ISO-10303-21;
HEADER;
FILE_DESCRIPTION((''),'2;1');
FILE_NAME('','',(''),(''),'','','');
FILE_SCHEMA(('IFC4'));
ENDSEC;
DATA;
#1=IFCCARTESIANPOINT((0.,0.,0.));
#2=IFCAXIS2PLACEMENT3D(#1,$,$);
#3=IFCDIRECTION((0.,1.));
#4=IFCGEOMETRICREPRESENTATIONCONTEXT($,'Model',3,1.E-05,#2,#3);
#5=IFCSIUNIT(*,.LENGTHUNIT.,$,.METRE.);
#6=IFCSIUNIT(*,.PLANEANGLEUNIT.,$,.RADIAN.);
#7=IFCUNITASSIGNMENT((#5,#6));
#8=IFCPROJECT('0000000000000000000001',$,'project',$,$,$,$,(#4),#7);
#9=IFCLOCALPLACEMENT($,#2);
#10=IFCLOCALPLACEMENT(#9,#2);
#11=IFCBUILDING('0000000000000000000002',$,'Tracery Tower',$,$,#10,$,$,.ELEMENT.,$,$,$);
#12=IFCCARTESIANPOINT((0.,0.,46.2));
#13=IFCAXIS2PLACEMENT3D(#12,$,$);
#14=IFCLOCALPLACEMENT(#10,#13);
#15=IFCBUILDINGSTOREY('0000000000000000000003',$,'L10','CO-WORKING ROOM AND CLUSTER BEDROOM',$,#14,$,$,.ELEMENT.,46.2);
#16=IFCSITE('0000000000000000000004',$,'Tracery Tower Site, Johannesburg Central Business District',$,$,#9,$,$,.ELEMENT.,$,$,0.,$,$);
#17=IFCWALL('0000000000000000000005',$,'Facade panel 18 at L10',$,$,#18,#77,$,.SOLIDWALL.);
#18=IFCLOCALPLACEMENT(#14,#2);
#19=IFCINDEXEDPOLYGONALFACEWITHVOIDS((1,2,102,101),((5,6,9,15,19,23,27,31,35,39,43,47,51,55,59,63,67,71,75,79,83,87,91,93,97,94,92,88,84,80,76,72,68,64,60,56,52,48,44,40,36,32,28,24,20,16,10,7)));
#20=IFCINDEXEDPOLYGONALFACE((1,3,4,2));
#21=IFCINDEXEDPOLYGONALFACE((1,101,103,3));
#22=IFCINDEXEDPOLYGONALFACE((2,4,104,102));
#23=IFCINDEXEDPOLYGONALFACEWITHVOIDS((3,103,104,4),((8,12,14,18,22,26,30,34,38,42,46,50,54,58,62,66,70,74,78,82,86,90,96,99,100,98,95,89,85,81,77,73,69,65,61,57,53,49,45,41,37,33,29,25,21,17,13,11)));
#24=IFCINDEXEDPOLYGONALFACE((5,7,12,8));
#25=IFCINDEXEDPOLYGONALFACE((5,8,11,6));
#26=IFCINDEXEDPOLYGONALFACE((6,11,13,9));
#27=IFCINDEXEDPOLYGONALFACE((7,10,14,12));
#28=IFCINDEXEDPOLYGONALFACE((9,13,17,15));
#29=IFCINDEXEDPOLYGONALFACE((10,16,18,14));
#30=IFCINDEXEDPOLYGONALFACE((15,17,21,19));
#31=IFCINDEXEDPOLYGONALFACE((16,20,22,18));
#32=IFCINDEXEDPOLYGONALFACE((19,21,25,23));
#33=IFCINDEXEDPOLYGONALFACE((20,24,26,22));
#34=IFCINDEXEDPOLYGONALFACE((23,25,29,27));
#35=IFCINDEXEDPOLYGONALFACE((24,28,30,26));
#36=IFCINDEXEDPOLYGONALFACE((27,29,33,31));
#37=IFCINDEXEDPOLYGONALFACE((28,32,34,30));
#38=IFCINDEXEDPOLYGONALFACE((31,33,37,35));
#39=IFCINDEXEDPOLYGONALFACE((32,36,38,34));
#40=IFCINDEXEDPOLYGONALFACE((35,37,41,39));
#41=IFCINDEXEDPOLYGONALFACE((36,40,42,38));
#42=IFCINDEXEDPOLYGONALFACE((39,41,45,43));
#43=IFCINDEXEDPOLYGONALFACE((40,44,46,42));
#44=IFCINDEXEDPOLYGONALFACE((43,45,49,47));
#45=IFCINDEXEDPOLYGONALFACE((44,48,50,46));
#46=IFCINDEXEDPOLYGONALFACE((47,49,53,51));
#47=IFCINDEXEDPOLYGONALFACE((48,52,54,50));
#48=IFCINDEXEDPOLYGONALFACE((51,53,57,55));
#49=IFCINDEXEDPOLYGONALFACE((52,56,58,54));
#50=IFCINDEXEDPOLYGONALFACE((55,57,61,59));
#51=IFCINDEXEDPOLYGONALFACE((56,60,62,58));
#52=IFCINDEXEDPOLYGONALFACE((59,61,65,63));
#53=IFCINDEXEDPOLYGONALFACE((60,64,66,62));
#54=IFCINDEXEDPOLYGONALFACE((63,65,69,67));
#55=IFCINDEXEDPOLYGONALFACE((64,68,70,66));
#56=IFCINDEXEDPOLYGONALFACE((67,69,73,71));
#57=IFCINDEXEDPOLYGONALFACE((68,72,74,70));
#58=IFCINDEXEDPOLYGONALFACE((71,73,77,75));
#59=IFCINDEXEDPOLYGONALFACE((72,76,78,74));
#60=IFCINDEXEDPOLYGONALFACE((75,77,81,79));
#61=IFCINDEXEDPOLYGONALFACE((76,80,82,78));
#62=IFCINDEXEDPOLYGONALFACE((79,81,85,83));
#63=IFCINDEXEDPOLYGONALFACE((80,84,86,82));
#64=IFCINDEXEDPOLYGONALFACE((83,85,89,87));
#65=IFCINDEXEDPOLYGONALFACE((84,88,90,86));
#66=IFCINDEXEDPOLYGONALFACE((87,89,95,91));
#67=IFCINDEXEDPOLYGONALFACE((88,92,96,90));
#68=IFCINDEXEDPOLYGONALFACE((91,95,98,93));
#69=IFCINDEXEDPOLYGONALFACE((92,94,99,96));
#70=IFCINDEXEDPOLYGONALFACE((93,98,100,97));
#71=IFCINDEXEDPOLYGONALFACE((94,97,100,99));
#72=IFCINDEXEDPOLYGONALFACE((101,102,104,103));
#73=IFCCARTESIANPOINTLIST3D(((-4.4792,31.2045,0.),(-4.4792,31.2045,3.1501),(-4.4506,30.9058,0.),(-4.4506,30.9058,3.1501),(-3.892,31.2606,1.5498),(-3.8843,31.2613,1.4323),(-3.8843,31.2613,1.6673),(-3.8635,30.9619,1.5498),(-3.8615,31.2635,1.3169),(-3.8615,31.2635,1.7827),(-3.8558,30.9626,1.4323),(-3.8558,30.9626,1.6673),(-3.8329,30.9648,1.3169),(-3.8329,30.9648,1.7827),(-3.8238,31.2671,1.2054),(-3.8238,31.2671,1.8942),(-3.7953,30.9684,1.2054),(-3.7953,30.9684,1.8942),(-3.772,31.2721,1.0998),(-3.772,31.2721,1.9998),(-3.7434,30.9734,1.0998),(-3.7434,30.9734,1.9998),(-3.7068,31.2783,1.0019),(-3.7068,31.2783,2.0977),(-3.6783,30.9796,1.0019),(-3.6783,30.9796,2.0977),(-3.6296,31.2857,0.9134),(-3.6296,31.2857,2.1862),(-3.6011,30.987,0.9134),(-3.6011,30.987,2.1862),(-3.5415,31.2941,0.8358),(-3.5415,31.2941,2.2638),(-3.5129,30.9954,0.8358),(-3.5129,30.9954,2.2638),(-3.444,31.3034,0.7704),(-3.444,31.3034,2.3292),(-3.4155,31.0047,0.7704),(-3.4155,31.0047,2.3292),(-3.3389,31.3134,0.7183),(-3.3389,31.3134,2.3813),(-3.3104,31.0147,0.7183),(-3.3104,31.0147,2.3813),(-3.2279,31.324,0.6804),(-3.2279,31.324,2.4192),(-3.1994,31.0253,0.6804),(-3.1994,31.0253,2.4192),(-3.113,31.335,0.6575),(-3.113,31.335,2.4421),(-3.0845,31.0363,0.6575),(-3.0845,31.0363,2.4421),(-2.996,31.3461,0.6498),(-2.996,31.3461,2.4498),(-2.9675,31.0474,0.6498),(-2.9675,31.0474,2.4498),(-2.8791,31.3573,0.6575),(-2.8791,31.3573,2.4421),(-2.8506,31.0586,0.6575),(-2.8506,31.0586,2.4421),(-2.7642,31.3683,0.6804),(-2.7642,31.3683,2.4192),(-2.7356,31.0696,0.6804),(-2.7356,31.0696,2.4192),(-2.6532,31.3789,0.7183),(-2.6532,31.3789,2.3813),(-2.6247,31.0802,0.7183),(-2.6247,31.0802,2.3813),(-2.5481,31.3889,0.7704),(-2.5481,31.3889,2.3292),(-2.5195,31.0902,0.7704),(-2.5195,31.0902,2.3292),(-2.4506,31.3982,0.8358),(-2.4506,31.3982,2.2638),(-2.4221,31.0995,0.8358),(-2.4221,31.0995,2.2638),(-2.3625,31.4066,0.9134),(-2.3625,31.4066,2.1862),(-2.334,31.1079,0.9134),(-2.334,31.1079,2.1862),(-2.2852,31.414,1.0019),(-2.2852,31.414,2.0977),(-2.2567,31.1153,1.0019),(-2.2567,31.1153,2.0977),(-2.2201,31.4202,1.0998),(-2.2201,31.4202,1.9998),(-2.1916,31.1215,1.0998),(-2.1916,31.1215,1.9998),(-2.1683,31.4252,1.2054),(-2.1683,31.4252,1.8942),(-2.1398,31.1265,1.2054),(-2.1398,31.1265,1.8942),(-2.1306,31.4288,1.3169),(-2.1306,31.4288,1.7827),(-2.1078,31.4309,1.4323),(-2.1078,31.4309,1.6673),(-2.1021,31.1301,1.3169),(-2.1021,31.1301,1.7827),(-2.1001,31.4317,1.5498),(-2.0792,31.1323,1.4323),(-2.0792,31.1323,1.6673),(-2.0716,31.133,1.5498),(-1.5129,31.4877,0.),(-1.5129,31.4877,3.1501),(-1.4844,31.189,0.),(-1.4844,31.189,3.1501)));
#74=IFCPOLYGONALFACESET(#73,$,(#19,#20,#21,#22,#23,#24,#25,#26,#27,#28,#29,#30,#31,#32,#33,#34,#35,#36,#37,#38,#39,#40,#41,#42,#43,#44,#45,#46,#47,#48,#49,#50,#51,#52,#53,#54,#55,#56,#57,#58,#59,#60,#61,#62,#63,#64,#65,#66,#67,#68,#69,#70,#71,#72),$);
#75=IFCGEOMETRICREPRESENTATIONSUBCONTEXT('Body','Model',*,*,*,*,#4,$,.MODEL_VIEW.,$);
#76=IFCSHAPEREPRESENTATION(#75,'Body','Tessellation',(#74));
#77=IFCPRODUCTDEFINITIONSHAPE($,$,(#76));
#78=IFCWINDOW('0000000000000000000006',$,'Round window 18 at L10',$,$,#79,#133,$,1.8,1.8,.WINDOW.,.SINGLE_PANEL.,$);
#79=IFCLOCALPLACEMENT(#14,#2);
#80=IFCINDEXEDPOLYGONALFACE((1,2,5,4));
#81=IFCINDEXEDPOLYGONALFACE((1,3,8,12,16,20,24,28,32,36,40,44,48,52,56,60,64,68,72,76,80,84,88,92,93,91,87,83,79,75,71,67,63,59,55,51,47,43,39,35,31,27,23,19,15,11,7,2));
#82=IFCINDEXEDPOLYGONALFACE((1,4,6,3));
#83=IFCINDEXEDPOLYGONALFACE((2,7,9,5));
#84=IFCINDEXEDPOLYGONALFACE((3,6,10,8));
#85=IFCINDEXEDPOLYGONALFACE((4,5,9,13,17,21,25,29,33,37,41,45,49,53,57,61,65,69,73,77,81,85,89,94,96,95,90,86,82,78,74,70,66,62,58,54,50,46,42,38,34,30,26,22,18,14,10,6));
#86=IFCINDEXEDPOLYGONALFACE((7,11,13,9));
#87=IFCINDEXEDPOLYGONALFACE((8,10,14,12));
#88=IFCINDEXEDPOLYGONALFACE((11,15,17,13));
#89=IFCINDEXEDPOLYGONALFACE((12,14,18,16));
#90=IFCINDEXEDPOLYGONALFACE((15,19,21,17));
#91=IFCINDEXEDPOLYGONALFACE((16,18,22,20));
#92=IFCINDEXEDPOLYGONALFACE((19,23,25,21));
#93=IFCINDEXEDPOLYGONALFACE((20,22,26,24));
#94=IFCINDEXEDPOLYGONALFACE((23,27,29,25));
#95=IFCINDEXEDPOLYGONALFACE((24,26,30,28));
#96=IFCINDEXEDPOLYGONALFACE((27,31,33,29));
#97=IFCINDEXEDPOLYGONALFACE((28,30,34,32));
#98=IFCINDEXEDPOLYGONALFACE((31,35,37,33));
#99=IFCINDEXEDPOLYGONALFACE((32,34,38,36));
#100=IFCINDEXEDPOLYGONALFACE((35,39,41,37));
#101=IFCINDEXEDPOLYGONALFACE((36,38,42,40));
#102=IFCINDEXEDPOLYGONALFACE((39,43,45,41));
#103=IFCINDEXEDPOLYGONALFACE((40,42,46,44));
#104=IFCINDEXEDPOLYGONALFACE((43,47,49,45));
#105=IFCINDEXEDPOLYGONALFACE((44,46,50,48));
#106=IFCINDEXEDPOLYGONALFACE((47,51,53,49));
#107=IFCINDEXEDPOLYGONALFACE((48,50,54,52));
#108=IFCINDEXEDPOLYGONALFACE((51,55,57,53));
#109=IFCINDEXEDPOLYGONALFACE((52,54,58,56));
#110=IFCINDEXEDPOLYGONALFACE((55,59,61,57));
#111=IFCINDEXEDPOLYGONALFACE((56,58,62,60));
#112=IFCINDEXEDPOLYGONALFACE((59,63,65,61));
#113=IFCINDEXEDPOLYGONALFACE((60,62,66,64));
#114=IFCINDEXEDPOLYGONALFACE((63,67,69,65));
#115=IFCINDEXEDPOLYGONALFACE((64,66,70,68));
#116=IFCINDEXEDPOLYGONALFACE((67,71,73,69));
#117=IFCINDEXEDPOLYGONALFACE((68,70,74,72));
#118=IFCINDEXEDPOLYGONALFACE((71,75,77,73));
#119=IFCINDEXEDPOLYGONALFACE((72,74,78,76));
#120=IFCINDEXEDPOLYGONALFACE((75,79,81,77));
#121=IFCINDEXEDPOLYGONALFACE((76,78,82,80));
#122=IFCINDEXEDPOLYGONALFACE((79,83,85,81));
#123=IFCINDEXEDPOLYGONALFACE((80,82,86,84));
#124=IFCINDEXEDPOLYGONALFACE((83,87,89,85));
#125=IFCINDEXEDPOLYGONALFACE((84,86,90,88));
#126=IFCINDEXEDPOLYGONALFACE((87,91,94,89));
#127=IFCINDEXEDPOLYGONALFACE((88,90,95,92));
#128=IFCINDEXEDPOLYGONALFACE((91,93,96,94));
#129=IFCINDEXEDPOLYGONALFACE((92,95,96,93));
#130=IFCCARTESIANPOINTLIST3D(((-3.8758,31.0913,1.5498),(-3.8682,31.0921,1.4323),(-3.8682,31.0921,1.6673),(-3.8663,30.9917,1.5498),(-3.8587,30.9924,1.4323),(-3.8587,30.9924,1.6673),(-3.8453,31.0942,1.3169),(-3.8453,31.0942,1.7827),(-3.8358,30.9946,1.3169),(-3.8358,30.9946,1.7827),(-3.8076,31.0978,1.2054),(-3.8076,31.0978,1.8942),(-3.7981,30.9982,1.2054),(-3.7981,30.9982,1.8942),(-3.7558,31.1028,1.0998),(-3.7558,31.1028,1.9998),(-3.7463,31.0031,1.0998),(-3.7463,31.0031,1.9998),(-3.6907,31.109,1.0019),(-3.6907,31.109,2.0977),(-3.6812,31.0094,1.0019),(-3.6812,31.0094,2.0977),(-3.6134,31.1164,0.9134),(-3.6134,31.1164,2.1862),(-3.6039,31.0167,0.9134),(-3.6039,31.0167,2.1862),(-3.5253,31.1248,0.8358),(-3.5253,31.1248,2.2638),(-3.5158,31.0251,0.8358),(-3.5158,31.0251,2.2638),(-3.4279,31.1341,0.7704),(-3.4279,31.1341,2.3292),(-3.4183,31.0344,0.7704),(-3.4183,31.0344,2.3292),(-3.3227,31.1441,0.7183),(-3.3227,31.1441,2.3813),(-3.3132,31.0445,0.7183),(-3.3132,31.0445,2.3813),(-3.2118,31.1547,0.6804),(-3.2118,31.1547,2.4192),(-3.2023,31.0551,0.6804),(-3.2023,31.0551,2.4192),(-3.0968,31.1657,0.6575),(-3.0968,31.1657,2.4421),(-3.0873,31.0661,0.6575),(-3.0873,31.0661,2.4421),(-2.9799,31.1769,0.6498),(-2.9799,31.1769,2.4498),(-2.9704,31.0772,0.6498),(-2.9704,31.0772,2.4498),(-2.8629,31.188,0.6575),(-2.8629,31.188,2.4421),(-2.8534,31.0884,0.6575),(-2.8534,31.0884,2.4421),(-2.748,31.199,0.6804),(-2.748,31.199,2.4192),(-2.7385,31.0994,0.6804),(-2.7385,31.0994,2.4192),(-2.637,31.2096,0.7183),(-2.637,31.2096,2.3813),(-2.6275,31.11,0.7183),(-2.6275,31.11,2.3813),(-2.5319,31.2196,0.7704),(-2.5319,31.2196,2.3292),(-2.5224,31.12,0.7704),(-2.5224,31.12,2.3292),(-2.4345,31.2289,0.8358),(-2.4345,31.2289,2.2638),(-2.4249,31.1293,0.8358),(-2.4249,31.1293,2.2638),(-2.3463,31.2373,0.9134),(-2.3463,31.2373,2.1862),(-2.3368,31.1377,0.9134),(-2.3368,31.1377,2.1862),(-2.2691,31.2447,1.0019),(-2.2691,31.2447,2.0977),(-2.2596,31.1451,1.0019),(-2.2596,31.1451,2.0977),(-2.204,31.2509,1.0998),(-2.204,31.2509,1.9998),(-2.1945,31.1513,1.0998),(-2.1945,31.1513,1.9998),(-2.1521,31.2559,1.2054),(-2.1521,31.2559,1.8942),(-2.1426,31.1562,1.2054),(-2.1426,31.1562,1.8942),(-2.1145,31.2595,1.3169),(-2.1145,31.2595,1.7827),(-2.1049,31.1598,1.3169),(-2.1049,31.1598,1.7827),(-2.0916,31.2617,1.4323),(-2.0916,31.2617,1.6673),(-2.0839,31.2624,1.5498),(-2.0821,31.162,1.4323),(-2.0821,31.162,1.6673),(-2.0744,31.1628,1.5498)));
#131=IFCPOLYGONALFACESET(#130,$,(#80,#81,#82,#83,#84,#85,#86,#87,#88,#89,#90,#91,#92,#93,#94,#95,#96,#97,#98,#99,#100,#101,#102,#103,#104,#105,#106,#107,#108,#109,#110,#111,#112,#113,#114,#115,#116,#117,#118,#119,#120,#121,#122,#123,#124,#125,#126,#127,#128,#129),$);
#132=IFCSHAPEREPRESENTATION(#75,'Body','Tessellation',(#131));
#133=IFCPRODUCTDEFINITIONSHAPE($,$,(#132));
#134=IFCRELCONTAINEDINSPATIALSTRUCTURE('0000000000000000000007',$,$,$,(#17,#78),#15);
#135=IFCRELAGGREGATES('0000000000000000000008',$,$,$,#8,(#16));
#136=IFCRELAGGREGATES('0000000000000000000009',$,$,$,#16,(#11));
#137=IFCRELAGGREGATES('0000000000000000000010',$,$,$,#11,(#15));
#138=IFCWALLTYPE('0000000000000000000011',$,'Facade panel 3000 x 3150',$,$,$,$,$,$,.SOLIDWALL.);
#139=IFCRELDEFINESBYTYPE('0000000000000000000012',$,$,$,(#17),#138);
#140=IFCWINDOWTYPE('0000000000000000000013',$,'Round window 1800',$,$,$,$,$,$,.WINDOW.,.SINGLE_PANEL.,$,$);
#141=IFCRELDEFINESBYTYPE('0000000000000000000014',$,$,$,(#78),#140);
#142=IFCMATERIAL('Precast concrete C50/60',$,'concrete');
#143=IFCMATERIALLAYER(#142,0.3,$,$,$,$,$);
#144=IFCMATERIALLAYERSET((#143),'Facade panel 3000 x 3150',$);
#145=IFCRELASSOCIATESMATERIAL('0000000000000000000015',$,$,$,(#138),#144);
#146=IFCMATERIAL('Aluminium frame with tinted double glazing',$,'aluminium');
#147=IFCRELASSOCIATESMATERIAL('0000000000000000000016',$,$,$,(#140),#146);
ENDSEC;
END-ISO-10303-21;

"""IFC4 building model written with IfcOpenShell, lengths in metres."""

from ifc_helpers import new_model, si_unit, direction, frame, frame_2d, origin, origin_2d, place, context, subcontext, project, spatial, rectangle, circle, extrude, material, layer, layer_set, type_object, element, fill, save


model = new_model("IFC4")

# Units and contexts
model_context = context("Model", 3, precision=1e-05, world=origin(), true_north=direction((0.0, 1.0)))
body_context = subcontext(model_context, "Body", "Model", "MODEL_VIEW")
ifc_project = project(units=[si_unit("LENGTHUNIT", "METRE"), si_unit("PLANEANGLEUNIT", "RADIAN")], contexts=[model_context])

# Site, building, storey
site_placement = place(None, origin())
site = spatial("IfcSite", under=ifc_project, at=site_placement, Name="Tracery Tower Site, Johannesburg Central Business District", CompositionType="ELEMENT", RefElevation=0.0)
building_placement = place(site_placement, origin())
building = spatial("IfcBuilding", under=site, at=building_placement, Name="Tracery Tower", CompositionType="ELEMENT")
storey_placement = place(building_placement, frame((0.0, 0.0, 46.2)))
storey = spatial("IfcBuildingStorey", under=building, at=storey_placement, Name="L10", Description="CO-WORKING ROOM AND CLUSTER BEDROOM", CompositionType="ELEMENT", Elevation=46.2)

# Wall, opening, window
ifc_material_1 = material(Name="Precast concrete C50/60", Category="concrete")
ifc_layer_1 = layer(ifc_material_1, 0.3)
ifc_layer_set_1 = layer_set([ifc_layer_1], Name="Facade panel 3000 x 3150")
wall_type_1 = type_object("IfcWallType", Name="Facade panel 3000 x 3150", PredefinedType="SOLIDWALL", material=ifc_layer_set_1)
wall_1_placement = place(storey_placement, frame((-1.4988, 31.3384, 0.0), z_axis=(0.0, 0.0, 1.0), x_axis=(-0.995473, -0.095041, 0.0)))
wall_1 = element("IfcWall", 1, at=wall_1_placement, inside=storey, type_object=wall_type_1, Name="Facade panel 18 at L10", PredefinedType="SOLIDWALL", context=body_context, shape_type="SweptSolid", body=[
    extrude(rectangle(XDim=2.9797, YDim=0.3, at=frame_2d((1.4897, 0.0))), origin(), (0.0, 0.0, 1.0), 3.1501),
])
opening_1_placement = place(wall_1_placement, frame((1.4897, 0.0, 1.5498)))
opening_1 = element("IfcOpeningElement", 2, at=opening_1_placement, cuts=wall_1, PredefinedType="OPENING", context=body_context, shape_type="SweptSolid", body=[
    extrude(circle(Radius=0.9, at=origin_2d()), frame((0.0, 0.1599, 0.0), z_axis=(0.0, -1.0, 0.0), x_axis=(1.0, 0.0, 0.0)), (0.0, 0.0, 1.0), 0.3201),
])
ifc_material_2 = material(Name="Aluminium frame with tinted double glazing", Category="aluminium")
window_type = type_object("IfcWindowType", Name="Round window 1800", PartitioningType="SINGLE_PANEL", PredefinedType="WINDOW", material=ifc_material_2)
window_1_placement = place(opening_1_placement, origin())
window_1 = element("IfcWindow", 3, at=window_1_placement, inside=storey, type_object=window_type, Name="Round window 18 at L10", OverallHeight=1.8, OverallWidth=1.8, PartitioningType="SINGLE_PANEL", PredefinedType="WINDOW", context=body_context, shape_type="SweptSolid", body=[
    extrude(circle(Radius=0.9, at=origin_2d()), frame((0.0, 0.1201, 0.0), z_axis=(0.0, -1.0, 0.0), x_axis=(1.0, 0.0, 0.0)), (0.0, 0.0, 1.0), 0.1001),
])
fill(opening_1, window_1)

save(model, "model.ifc")
